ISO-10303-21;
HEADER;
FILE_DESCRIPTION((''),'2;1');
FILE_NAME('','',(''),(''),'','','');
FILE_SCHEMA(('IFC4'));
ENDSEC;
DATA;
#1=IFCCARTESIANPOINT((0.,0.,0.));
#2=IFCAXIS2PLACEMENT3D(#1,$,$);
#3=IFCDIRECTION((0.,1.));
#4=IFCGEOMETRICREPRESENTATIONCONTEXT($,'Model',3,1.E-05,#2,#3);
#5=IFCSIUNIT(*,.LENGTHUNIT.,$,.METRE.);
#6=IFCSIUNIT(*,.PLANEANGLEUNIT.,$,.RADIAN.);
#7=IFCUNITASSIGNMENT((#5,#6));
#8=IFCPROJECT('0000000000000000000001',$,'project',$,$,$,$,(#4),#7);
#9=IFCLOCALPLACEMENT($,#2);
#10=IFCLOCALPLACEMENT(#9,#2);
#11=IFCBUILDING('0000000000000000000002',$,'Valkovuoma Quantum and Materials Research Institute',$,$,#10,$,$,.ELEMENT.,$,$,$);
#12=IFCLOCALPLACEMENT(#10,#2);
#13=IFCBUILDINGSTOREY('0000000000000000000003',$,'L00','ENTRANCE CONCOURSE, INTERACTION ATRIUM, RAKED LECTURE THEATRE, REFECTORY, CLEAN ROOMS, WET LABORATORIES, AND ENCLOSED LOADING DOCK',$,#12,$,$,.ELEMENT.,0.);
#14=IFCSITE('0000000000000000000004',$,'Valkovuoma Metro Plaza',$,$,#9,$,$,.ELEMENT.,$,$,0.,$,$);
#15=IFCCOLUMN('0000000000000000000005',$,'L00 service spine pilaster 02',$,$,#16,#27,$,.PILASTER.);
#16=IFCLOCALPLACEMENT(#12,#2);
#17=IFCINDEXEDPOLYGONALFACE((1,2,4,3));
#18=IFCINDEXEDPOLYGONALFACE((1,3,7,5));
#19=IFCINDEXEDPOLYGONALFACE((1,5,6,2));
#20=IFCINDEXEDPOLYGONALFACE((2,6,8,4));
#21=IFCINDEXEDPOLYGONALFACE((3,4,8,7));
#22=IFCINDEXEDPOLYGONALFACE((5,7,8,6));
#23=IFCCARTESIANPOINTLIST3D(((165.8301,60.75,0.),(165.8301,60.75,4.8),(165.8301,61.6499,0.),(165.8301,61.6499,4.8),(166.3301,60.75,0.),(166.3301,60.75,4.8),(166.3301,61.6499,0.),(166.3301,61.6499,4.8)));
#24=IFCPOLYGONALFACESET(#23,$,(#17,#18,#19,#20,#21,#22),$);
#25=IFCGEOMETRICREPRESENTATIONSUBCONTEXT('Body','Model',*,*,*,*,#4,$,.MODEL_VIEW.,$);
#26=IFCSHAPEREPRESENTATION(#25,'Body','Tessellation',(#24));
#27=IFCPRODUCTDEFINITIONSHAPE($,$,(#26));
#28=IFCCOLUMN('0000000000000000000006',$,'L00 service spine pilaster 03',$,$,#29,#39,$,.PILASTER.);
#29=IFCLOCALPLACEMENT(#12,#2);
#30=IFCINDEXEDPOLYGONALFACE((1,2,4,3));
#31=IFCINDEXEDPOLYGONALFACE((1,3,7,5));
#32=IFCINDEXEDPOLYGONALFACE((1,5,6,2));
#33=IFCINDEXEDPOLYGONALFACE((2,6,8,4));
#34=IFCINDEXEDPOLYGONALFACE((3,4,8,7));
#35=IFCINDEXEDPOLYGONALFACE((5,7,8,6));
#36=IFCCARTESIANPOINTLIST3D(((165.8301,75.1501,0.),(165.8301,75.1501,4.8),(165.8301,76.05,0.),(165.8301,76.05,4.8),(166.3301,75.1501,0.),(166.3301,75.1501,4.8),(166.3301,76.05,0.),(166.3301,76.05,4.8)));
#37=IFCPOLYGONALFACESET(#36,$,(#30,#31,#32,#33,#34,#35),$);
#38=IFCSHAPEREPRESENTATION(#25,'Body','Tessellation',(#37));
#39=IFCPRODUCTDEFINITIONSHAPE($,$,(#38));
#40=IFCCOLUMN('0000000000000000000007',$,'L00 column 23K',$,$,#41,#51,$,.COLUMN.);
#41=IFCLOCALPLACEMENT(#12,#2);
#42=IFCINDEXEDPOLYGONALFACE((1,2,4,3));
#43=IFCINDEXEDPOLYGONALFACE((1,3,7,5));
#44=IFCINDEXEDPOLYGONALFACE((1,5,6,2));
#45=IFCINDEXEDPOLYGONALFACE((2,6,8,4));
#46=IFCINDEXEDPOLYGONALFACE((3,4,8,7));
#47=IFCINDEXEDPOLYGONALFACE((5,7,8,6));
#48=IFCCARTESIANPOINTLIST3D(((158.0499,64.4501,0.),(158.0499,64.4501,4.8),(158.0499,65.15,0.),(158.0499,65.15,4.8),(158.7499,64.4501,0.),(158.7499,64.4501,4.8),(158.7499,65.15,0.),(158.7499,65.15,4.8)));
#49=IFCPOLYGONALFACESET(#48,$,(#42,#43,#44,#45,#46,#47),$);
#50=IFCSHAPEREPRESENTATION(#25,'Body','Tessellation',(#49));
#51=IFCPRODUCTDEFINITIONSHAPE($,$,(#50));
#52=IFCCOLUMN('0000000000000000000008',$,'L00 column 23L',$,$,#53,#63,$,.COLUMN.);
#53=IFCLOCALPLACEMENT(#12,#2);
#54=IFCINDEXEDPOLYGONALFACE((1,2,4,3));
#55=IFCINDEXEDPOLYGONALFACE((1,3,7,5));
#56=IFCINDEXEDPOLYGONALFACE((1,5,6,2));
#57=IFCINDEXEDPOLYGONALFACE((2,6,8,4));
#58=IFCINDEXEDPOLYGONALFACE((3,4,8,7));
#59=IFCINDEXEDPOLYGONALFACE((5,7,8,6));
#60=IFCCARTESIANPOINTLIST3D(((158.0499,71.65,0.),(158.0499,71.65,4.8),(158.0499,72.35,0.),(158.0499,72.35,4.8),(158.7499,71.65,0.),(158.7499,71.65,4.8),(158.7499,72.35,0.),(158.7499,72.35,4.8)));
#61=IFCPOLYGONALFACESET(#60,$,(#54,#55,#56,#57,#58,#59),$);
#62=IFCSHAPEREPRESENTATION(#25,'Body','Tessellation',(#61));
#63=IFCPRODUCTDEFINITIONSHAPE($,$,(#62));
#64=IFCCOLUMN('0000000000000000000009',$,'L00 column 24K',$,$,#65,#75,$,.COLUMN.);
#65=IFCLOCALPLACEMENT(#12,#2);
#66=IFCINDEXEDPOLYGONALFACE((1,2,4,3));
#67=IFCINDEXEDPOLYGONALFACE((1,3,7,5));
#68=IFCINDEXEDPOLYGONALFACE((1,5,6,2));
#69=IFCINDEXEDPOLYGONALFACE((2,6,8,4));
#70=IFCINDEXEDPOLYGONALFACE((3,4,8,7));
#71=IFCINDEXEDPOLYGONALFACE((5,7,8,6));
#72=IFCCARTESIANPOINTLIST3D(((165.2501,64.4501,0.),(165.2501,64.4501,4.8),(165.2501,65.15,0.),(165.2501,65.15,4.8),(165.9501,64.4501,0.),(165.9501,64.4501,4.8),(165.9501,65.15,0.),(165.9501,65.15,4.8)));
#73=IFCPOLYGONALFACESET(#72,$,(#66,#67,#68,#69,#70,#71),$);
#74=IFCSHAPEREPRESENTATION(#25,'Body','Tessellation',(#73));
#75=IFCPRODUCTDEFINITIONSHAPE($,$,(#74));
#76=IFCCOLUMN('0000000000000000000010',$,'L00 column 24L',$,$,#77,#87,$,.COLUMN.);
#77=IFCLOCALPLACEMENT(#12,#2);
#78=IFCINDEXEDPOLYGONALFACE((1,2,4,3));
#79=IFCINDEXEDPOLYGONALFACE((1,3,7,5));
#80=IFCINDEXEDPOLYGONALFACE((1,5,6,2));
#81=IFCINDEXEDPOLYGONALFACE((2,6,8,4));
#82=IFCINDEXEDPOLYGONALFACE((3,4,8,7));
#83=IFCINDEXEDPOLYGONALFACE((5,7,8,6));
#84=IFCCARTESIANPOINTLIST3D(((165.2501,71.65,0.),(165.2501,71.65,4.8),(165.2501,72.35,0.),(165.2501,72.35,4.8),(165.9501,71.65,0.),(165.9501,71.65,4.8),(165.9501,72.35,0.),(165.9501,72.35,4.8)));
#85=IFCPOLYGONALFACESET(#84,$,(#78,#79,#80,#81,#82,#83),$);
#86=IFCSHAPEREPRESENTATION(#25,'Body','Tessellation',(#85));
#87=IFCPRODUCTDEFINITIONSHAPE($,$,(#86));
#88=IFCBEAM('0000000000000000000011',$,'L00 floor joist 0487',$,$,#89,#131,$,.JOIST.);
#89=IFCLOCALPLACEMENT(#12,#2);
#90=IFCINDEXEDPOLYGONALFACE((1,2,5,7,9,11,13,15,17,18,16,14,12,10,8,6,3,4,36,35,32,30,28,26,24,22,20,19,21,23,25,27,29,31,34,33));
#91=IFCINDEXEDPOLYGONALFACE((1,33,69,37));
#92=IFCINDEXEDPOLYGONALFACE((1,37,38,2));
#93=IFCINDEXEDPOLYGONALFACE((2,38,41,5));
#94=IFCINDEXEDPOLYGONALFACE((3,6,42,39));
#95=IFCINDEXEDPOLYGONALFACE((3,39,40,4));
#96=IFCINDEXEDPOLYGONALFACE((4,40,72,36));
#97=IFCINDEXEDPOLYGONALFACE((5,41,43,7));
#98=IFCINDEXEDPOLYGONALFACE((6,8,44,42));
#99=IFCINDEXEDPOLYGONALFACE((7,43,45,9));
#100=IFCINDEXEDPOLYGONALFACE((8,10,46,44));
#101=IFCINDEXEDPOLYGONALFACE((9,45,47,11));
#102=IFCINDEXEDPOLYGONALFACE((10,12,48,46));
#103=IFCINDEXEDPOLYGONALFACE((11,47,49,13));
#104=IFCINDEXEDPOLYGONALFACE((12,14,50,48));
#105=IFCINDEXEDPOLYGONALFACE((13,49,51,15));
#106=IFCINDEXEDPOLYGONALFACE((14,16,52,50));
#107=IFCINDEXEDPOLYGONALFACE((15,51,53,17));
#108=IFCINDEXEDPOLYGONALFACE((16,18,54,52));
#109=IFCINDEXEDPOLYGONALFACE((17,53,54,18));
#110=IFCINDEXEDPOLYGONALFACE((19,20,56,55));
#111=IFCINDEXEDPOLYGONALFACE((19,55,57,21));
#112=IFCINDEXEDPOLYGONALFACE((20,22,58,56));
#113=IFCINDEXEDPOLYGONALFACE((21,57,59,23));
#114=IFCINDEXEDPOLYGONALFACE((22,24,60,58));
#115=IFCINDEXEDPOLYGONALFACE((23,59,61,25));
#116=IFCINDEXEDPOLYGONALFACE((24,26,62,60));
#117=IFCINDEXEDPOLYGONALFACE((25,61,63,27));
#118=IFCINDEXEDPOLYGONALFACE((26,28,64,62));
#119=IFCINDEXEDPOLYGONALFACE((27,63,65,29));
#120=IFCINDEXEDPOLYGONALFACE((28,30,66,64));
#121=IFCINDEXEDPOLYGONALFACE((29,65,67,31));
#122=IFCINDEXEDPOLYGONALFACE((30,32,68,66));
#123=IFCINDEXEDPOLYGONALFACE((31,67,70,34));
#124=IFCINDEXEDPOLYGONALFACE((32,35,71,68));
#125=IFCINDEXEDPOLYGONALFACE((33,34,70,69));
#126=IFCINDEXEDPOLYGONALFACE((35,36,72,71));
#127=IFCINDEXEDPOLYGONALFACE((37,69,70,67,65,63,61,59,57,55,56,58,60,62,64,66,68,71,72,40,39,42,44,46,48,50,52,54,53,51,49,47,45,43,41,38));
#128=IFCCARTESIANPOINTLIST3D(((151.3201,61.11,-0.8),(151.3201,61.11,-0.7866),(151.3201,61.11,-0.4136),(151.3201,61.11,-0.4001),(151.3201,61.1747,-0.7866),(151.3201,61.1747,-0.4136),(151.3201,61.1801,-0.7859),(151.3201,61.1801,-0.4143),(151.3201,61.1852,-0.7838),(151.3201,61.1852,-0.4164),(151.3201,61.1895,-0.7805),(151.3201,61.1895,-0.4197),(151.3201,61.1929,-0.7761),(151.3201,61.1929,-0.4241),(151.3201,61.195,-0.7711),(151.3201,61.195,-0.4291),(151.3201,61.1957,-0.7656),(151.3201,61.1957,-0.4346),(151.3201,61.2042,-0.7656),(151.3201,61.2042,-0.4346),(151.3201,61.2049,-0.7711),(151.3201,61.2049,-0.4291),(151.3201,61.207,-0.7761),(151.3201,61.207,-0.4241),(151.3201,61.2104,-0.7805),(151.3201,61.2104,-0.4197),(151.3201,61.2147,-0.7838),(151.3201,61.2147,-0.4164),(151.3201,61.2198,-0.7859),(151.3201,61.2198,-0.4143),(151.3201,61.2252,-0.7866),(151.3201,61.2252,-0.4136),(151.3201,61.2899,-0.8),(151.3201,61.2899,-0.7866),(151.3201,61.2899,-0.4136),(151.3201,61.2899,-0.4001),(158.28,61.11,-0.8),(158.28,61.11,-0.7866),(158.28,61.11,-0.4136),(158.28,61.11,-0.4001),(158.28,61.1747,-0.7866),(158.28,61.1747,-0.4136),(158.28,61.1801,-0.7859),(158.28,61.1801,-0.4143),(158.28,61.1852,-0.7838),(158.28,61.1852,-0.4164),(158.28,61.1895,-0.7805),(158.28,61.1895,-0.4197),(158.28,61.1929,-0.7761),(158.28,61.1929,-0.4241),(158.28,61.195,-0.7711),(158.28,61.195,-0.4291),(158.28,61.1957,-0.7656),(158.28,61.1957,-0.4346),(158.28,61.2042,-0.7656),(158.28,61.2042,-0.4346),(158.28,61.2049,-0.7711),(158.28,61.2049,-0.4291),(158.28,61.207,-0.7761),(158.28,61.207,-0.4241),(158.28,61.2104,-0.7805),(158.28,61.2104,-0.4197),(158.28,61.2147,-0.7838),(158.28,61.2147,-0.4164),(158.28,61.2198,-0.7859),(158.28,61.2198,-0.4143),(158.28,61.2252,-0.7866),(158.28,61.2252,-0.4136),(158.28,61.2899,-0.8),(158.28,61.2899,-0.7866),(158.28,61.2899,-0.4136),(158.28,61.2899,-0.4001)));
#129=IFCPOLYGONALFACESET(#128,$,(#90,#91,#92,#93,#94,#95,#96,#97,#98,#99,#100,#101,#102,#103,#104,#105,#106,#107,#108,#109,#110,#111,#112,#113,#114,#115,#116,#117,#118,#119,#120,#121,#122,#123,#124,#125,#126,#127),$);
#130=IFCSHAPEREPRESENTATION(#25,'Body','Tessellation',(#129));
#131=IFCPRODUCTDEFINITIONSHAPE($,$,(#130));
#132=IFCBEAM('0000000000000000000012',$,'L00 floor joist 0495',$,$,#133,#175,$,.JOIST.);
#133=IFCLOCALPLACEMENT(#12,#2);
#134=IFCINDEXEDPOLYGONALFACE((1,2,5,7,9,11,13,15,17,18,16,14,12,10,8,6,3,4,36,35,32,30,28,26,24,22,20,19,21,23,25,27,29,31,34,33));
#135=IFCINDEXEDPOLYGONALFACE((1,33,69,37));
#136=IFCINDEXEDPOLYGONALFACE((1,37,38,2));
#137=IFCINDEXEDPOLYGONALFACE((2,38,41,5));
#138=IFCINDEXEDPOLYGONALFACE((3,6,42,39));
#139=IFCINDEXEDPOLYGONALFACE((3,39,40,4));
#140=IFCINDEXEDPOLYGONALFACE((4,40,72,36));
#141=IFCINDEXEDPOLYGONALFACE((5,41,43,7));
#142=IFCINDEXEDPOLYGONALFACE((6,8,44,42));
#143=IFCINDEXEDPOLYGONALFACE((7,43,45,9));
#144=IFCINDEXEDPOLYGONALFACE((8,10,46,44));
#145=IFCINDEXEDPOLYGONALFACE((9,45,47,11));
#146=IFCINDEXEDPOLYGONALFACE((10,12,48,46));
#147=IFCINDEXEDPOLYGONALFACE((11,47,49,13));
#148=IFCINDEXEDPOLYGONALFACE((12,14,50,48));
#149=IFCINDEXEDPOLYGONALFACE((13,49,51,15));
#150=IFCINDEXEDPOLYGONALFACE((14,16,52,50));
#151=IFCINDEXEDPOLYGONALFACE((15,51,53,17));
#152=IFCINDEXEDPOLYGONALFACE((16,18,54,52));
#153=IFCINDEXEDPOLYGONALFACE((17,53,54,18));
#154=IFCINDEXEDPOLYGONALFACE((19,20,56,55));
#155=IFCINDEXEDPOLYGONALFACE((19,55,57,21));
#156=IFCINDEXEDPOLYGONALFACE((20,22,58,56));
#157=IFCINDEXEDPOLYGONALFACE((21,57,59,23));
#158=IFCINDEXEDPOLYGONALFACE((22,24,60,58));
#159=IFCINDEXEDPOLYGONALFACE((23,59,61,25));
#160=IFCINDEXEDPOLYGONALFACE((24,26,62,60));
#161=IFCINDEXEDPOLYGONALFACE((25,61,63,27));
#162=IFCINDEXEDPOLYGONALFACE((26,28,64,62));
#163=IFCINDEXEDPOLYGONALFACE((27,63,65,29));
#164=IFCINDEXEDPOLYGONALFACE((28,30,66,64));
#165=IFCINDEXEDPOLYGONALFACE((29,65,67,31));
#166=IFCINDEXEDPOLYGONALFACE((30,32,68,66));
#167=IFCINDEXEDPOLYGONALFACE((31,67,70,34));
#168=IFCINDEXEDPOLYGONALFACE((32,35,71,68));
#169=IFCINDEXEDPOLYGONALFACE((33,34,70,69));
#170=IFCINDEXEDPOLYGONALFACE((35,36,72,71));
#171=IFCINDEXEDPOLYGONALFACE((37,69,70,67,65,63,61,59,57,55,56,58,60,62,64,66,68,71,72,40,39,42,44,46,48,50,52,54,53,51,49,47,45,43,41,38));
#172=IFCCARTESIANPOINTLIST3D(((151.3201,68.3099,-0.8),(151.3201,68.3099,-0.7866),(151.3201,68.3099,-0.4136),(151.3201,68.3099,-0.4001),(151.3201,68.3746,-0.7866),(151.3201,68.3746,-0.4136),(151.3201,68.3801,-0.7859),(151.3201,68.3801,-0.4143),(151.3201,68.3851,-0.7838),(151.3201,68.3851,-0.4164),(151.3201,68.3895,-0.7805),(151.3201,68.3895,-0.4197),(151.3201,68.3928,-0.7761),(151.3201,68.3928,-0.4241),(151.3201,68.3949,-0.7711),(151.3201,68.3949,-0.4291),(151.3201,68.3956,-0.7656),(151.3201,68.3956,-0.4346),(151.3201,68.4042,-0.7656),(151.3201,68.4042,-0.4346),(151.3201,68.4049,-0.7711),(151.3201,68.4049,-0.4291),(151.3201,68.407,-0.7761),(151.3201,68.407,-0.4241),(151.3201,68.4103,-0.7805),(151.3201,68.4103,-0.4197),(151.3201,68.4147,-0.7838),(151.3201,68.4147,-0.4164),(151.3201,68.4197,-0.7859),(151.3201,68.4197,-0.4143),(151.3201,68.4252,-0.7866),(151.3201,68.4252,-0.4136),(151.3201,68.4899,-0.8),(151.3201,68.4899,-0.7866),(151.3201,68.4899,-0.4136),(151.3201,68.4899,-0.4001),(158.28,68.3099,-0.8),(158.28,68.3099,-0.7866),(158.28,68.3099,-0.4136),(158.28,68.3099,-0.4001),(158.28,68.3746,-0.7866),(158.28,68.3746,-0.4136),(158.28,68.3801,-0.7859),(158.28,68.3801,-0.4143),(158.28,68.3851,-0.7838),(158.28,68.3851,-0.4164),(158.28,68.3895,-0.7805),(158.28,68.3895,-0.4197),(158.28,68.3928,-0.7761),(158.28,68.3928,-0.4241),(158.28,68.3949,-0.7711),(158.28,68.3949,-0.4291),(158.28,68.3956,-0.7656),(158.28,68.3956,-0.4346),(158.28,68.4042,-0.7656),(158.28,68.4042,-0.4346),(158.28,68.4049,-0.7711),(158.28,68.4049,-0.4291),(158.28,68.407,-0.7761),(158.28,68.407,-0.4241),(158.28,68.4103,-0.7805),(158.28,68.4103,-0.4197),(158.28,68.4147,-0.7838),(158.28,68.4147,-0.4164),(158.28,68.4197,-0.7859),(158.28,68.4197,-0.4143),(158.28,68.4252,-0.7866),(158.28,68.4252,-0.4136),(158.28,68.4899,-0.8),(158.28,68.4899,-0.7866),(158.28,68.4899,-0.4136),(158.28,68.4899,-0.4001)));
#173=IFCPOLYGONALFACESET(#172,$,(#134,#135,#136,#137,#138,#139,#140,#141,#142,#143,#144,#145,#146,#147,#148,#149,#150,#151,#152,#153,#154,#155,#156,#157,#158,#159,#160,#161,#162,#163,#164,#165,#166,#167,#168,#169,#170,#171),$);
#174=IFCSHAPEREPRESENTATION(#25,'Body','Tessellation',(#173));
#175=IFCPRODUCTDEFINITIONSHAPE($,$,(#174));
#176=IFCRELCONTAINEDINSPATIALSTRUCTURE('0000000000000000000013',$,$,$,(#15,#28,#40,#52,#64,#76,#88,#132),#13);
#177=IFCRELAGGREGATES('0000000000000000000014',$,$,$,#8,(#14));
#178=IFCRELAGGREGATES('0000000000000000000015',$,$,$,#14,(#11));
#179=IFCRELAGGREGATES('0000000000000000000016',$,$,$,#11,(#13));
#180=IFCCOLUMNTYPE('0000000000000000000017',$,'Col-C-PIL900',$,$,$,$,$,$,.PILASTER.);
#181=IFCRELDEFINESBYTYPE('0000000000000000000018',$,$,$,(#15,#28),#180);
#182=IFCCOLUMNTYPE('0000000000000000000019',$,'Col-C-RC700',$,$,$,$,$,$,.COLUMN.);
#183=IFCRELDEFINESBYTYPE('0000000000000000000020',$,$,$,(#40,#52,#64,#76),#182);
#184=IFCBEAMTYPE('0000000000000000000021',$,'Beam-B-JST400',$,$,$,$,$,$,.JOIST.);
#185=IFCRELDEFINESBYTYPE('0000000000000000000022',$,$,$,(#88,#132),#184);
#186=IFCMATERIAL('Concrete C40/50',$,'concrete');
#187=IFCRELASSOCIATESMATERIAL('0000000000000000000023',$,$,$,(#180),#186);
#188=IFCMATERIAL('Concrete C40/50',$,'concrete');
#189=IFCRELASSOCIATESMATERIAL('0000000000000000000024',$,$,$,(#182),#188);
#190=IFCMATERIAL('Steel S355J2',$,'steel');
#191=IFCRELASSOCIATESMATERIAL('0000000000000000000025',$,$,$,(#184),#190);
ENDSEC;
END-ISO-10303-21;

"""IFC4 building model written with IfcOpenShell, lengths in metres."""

from ifc_helpers import new_model, si_unit, direction, frame, origin, origin_2d, place, context, subcontext, project, spatial, rectangle, i_section, extrude, material, material_profile, profile_set, type_object, element, save


model = new_model("IFC4")

# Units and contexts
model_context = context("Model", 3, precision=1e-05, world=origin(), true_north=direction((0.0, 1.0)))
body_context = subcontext(model_context, "Body", "Model", "MODEL_VIEW")
ifc_project = project(units=[si_unit("LENGTHUNIT", "METRE"), si_unit("PLANEANGLEUNIT", "RADIAN")], contexts=[model_context])

# Site, building, storey
site_placement = place(None, origin())
site = spatial("IfcSite", under=ifc_project, at=site_placement, Name="Valkovuoma Metro Plaza", CompositionType="ELEMENT", RefElevation=0.0)
building_placement = place(site_placement, origin())
building = spatial("IfcBuilding", under=site, at=building_placement, Name="Valkovuoma Quantum and Materials Research Institute", CompositionType="ELEMENT")
storey_placement = place(building_placement, origin())
storey = spatial("IfcBuildingStorey", under=building, at=storey_placement, Name="L00", Description="ENTRANCE CONCOURSE, INTERACTION ATRIUM, RAKED LECTURE THEATRE, REFECTORY, CLEAN ROOMS, WET LABORATORIES, AND ENCLOSED LOADING DOCK", CompositionType="ELEMENT", Elevation=0.0)

# Columns
ifc_material_1 = material(Name="Concrete C40/50", Category="concrete")
ifc_material_profile_1 = material_profile(ifc_material_1, rectangle(XDim=0.5, YDim=0.8999, at=origin_2d()), Name="Concrete C40/50")
ifc_profile_set_1 = profile_set([ifc_material_profile_1], Name="Concrete C40/50")
column_type_1 = type_object("IfcColumnType", Name="Col-C-PIL900", PredefinedType="PILASTER", material=ifc_profile_set_1)
for number, where, z_axis, x_axis, name in (
    (1, (166.0801, 61.2, 0.0), (0.0, 0.0, 1.0), (1.0, 0.0, 0.0), "L00 service spine pilaster 02"),
    (2, (166.0801, 75.6001, 0.0), (0.0, 0.0, 1.0), (1.0, 0.0, 0.0), "L00 service spine pilaster 03"),
):
    element("IfcColumn", number, at=place(storey_placement, frame(where, z_axis=z_axis, x_axis=x_axis)), inside=storey, type_object=column_type_1, Name=name, PredefinedType="PILASTER", context=body_context, shape_type="SweptSolid", body=[
        extrude(rectangle(XDim=0.5, YDim=0.8999, at=origin_2d()), origin(), (0.0, 0.0, 1.0), 4.8),
    ])
ifc_material_2 = material(Name="Concrete C40/50", Category="concrete")
ifc_material_profile_2 = material_profile(ifc_material_2, rectangle(XDim=0.7, YDim=0.7, at=origin_2d()), Name="Concrete C40/50")
ifc_profile_set_2 = profile_set([ifc_material_profile_2], Name="Concrete C40/50")
column_type_2 = type_object("IfcColumnType", Name="Col-C-RC700", PredefinedType="COLUMN", material=ifc_profile_set_2)
for number, where, z_axis, x_axis, name in (
    (3, (158.3999, 64.8, 0.0), (0.0, 0.0, 1.0), (1.0, 0.0, 0.0), "L00 column 23K"),
    (4, (158.3999, 72.0, 0.0), (0.0, 0.0, 1.0), (1.0, 0.0, 0.0), "L00 column 23L"),
    (5, (165.6001, 64.8, 0.0), (0.0, 0.0, 1.0), (1.0, 0.0, 0.0), "L00 column 24K"),
    (6, (165.6001, 72.0, 0.0), (0.0, 0.0, 1.0), (1.0, 0.0, 0.0), "L00 column 24L"),
):
    element("IfcColumn", number, at=place(storey_placement, frame(where, z_axis=z_axis, x_axis=x_axis)), inside=storey, type_object=column_type_2, Name=name, PredefinedType="COLUMN", context=body_context, shape_type="SweptSolid", body=[
        extrude(rectangle(XDim=0.7, YDim=0.7, at=origin_2d()), origin(), (0.0, 0.0, 1.0), 4.8),
    ])

# Beams
ifc_material_3 = material(Name="Steel S355J2", Category="steel")
ifc_material_profile_3 = material_profile(ifc_material_3, i_section(OverallWidth=0.1799, OverallDepth=0.3999, WebThickness=0.0085, FlangeThickness=0.0134, FilletRadius=0.021, at=origin_2d()), Name="Steel S355J2")
ifc_profile_set_3 = profile_set([ifc_material_profile_3], Name="Steel S355J2")
beam_type_1 = type_object("IfcBeamType", Name="Beam-B-JST400", PredefinedType="JOIST", material=ifc_profile_set_3)
for number, where, z_axis, x_axis, name in (
    (7, (151.3201, 61.2, -0.6001), (1.0, 0.0, 0.0), (0.0, 1.0, 0.0), "L00 floor joist 0487"),
    (8, (151.3201, 68.3999, -0.6001), (1.0, 0.0, 0.0), (0.0, 1.0, 0.0), "L00 floor joist 0495"),
):
    element("IfcBeam", number, at=place(storey_placement, frame(where, z_axis=z_axis, x_axis=x_axis)), inside=storey, type_object=beam_type_1, Name=name, PredefinedType="JOIST", context=body_context, shape_type="SweptSolid", body=[
        extrude(i_section(OverallWidth=0.1799, OverallDepth=0.3999, WebThickness=0.0085, FlangeThickness=0.0134, FilletRadius=0.021, at=origin_2d()), origin(), (0.0, 0.0, 1.0), 6.96),
    ])

save(model, "model.ifc")
